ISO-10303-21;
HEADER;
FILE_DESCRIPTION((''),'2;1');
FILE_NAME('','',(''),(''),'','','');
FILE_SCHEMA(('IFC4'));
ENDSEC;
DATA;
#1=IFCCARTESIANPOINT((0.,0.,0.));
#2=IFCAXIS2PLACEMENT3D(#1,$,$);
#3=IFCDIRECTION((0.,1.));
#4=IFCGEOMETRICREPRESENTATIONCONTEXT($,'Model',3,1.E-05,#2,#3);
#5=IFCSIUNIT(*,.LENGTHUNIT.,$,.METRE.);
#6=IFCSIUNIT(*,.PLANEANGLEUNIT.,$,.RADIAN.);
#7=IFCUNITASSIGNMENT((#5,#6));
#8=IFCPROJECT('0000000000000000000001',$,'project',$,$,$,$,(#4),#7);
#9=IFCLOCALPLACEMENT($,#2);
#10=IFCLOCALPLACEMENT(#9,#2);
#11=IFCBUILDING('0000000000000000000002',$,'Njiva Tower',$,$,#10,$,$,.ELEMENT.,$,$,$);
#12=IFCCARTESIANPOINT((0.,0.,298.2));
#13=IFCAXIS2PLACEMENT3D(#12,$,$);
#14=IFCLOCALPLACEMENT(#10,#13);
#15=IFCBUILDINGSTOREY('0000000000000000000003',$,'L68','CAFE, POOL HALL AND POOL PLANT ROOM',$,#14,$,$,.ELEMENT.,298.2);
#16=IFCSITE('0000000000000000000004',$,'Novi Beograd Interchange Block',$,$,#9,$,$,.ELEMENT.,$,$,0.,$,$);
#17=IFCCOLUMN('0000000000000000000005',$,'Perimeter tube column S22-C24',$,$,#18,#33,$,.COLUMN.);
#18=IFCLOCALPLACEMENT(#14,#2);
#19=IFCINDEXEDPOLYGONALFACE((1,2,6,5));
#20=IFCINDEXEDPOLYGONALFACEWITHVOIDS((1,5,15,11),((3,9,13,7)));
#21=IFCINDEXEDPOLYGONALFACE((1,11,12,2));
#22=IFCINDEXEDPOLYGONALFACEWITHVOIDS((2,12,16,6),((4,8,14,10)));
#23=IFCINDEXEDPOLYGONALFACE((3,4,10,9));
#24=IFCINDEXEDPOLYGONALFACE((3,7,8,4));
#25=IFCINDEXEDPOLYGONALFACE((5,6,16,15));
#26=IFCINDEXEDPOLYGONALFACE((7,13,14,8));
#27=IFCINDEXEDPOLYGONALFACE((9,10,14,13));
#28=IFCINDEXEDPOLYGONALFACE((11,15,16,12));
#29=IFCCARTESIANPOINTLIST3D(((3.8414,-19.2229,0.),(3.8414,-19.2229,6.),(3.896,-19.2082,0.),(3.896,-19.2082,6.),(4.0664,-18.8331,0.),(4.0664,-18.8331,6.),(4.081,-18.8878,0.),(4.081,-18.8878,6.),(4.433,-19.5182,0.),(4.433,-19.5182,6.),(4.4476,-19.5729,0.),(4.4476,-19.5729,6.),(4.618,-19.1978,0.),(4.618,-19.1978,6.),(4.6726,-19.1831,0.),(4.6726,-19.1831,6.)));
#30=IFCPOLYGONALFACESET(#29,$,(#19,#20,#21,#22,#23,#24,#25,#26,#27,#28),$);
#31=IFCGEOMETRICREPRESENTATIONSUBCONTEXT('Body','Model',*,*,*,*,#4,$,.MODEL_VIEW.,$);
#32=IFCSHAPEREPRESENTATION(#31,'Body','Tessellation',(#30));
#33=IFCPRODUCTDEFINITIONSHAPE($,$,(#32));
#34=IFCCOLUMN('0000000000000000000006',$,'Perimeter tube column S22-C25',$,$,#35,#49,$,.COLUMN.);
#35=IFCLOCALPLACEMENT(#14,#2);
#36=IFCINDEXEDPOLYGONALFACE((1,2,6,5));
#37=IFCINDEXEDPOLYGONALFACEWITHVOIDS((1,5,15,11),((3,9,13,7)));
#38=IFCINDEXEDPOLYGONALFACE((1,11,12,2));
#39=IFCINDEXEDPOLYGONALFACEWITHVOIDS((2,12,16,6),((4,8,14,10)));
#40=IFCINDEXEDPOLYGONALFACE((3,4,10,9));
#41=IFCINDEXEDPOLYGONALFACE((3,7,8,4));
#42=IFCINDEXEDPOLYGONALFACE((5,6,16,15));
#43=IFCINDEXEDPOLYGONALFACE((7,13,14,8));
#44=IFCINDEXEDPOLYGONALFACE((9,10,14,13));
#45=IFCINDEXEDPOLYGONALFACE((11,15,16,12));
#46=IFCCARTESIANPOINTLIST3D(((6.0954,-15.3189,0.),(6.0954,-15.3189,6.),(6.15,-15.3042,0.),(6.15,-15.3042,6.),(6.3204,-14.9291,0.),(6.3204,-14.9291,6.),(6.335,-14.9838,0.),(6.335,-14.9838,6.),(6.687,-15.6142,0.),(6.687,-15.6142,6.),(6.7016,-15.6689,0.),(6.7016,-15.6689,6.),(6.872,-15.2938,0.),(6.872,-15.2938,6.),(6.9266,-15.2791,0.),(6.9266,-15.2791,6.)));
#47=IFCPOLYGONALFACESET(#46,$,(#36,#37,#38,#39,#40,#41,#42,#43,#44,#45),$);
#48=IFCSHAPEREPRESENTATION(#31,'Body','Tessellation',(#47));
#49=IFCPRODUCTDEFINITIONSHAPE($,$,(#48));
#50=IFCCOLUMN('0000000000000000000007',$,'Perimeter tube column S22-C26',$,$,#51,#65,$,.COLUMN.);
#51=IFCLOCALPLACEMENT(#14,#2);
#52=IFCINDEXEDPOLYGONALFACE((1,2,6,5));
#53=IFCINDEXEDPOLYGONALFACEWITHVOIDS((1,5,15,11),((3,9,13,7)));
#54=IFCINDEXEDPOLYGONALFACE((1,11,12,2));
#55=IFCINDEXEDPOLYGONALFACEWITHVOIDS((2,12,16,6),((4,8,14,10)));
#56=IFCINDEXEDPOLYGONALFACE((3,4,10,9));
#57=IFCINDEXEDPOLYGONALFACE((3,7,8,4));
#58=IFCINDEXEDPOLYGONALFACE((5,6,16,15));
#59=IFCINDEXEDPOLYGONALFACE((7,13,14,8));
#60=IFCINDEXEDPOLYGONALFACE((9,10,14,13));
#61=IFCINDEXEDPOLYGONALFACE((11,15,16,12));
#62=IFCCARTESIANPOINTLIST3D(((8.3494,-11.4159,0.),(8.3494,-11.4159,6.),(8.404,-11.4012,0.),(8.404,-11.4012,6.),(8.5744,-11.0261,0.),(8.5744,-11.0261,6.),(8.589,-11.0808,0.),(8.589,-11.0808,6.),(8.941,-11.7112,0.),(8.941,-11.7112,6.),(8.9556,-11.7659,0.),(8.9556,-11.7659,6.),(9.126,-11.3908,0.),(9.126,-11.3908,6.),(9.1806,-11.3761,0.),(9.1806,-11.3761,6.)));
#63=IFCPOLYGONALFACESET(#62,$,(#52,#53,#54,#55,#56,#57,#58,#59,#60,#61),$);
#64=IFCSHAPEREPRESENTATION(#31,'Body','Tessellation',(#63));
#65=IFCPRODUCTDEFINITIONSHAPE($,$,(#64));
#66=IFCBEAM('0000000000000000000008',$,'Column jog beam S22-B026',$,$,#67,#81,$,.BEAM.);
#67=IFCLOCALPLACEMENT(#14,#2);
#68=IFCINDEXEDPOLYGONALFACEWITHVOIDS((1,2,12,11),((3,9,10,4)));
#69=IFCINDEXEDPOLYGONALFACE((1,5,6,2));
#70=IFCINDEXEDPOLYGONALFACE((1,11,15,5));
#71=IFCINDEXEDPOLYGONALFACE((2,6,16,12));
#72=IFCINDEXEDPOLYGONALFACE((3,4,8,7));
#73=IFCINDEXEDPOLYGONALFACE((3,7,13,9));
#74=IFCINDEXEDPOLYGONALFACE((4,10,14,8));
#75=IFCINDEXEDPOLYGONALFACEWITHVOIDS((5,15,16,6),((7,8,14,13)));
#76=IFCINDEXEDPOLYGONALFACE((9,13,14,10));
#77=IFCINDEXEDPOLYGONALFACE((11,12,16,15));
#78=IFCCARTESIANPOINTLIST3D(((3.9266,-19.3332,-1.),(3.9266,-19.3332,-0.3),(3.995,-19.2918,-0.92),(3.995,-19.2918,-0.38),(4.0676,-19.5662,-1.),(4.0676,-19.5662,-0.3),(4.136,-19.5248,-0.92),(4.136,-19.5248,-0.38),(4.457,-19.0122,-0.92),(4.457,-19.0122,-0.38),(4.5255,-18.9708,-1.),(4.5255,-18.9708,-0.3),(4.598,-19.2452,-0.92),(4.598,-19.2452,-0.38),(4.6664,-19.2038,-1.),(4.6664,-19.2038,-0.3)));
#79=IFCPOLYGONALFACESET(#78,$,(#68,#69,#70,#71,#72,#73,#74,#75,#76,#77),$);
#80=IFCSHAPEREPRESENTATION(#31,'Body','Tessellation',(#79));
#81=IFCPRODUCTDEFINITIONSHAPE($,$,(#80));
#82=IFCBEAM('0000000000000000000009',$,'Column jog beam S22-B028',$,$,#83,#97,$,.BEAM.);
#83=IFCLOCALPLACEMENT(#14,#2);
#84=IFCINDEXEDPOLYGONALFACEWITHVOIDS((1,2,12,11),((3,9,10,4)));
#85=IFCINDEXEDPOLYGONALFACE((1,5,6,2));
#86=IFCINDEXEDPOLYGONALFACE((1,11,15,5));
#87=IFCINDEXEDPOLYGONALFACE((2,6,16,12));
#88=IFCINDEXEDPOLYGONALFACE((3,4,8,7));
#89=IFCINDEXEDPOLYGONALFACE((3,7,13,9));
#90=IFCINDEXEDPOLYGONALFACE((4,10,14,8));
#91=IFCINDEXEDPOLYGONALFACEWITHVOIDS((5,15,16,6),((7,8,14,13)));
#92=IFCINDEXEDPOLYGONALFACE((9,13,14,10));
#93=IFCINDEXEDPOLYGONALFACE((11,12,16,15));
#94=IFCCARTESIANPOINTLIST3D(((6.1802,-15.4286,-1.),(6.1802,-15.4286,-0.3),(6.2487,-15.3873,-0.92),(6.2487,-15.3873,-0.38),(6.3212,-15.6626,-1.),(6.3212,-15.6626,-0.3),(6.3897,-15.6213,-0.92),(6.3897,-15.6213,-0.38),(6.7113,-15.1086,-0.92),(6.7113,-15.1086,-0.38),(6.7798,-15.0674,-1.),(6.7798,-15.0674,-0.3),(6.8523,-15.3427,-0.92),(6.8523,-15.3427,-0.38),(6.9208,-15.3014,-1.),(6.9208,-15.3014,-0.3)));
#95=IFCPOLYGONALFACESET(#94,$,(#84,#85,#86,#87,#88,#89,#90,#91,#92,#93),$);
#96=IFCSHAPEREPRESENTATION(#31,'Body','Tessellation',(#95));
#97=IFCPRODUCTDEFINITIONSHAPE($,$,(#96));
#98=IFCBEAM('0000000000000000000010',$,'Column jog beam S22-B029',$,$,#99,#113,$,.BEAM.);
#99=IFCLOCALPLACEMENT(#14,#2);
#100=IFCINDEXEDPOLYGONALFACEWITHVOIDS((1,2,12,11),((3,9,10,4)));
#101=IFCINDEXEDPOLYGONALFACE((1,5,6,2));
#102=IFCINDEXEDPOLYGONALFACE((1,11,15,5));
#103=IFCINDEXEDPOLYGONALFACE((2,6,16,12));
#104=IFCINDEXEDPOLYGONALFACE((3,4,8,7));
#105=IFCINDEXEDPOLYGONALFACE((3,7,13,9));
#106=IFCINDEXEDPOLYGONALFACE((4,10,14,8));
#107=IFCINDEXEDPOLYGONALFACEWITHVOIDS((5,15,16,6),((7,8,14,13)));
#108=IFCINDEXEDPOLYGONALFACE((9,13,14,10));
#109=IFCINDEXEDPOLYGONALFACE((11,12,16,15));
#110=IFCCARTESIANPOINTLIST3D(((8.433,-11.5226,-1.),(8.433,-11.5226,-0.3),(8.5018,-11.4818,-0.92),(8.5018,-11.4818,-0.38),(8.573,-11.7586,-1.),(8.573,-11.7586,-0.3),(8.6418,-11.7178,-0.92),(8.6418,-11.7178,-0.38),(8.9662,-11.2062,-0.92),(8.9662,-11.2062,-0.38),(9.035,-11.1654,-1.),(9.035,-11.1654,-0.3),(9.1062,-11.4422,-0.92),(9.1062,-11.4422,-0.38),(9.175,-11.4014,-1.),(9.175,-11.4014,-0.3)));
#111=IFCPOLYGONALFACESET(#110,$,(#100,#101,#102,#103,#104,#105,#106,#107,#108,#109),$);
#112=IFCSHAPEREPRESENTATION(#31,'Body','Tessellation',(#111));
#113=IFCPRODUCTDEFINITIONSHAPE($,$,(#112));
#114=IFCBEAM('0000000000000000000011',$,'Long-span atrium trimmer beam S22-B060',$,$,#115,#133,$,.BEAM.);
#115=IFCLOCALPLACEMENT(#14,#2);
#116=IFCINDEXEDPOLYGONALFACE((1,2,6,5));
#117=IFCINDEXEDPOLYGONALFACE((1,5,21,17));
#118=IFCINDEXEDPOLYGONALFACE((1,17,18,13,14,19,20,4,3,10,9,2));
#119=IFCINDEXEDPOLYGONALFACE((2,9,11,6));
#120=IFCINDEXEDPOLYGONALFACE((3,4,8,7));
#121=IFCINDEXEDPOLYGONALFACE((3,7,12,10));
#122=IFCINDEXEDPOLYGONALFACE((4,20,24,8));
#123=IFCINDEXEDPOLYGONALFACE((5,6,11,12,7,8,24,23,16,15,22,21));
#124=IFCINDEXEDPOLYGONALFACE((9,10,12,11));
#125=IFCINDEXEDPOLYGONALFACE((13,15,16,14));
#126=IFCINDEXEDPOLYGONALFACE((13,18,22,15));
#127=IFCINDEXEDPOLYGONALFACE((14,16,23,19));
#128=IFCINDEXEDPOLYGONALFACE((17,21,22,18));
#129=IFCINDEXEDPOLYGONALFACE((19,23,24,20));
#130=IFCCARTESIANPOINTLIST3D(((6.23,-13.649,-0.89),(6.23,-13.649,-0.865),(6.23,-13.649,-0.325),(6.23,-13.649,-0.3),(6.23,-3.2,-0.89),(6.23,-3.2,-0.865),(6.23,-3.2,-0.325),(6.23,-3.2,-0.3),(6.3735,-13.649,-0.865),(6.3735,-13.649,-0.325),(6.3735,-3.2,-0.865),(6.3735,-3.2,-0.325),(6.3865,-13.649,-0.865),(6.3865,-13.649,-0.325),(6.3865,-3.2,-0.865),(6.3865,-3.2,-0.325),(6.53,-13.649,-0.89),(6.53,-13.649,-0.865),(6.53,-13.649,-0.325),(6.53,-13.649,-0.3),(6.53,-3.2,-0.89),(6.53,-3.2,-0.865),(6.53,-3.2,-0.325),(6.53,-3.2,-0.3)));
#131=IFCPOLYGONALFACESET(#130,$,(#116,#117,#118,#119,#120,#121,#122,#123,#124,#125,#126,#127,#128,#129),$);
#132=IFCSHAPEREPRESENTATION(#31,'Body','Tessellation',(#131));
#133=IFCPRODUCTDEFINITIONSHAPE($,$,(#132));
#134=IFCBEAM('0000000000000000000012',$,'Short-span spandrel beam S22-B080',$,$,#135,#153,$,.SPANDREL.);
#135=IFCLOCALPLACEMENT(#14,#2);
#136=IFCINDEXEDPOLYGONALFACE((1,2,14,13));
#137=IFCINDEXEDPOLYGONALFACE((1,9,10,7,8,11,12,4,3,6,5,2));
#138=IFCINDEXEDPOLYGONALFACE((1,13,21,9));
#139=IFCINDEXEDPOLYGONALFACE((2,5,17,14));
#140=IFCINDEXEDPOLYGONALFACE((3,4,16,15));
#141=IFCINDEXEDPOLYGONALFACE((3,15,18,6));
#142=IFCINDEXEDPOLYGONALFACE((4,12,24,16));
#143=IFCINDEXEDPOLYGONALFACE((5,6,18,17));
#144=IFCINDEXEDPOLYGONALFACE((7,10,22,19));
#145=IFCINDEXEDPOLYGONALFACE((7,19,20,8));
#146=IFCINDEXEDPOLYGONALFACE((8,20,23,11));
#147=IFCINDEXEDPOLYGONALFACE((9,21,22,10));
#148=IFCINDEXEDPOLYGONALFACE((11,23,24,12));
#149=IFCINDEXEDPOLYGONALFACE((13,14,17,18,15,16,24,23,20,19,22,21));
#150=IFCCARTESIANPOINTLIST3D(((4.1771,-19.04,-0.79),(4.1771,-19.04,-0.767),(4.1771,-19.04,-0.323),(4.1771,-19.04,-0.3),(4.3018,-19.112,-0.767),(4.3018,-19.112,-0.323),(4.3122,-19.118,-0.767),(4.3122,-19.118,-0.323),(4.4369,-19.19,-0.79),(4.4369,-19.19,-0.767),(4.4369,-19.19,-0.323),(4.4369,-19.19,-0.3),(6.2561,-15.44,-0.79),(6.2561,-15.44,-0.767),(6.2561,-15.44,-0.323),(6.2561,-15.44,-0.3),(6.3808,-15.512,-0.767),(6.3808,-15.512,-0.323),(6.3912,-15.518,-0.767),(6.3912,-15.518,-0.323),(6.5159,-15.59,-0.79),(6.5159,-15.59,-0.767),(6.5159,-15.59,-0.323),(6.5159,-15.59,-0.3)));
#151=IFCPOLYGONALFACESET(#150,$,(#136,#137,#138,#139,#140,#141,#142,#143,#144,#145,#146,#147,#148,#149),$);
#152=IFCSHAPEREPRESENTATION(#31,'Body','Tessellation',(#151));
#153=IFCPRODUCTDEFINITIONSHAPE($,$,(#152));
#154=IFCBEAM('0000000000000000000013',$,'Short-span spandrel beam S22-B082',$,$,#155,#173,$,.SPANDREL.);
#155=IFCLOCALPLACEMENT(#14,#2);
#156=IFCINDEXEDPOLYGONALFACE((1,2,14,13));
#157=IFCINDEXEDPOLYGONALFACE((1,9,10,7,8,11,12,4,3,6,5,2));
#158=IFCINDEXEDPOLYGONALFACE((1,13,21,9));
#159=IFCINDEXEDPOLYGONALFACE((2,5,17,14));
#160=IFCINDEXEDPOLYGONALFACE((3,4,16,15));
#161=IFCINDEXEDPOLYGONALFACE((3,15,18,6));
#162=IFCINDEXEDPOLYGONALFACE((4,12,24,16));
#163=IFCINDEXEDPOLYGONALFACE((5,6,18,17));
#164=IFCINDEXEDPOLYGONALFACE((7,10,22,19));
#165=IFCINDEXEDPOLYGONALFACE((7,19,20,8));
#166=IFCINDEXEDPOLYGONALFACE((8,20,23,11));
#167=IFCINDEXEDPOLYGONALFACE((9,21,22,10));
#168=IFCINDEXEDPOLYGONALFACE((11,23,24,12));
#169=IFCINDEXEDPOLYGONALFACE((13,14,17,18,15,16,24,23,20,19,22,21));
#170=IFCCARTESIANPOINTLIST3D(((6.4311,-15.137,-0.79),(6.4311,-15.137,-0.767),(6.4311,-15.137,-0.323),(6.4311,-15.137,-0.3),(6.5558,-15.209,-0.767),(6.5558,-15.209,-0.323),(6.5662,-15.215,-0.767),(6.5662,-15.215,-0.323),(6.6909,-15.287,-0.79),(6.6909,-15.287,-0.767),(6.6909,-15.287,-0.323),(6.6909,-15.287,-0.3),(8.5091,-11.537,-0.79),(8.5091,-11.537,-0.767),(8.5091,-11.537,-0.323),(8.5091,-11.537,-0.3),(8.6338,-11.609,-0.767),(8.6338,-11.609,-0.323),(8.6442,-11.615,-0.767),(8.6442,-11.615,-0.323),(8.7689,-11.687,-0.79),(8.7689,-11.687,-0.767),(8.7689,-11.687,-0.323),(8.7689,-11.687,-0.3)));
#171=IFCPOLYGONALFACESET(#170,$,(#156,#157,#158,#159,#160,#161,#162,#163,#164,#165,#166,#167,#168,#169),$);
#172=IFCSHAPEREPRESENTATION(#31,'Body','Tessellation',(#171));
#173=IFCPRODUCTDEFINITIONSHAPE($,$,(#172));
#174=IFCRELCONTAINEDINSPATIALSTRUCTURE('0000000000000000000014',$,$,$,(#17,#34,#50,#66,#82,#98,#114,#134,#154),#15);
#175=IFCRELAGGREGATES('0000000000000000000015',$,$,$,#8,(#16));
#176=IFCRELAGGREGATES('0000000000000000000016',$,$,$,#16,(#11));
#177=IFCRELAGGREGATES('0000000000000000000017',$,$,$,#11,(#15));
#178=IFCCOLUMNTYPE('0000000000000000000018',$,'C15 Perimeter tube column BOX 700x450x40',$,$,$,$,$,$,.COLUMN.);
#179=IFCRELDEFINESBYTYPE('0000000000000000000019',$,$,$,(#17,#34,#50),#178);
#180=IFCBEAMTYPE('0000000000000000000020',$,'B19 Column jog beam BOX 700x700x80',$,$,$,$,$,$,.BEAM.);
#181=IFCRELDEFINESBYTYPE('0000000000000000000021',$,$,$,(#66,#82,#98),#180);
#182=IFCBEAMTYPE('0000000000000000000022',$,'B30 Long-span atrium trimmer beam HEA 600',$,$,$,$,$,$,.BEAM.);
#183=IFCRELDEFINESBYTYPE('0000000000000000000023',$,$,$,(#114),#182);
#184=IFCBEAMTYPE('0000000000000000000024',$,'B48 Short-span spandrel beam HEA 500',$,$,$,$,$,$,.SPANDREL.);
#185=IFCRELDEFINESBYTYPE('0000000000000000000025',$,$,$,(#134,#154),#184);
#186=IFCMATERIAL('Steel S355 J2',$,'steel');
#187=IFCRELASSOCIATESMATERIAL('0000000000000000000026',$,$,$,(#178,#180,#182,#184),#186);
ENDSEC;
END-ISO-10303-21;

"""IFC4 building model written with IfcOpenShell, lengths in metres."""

from ifc_helpers import new_model, si_unit, direction, frame, origin, origin_2d, place, context, subcontext, project, spatial, hollow_rectangle, i_section, extrude, material, material_profile, profile_set, type_object, element, save


model = new_model("IFC4")

# Units and contexts
model_context = context("Model", 3, precision=1e-05, world=origin(), true_north=direction((0.0, 1.0)))
body_context = subcontext(model_context, "Body", "Model", "MODEL_VIEW")
ifc_project = project(units=[si_unit("LENGTHUNIT", "METRE"), si_unit("PLANEANGLEUNIT", "RADIAN")], contexts=[model_context])

# Site, building, storey
site_placement = place(None, origin())
site = spatial("IfcSite", under=ifc_project, at=site_placement, Name="Novi Beograd Interchange Block", CompositionType="ELEMENT", RefElevation=0.0)
building_placement = place(site_placement, origin())
building = spatial("IfcBuilding", under=site, at=building_placement, Name="Njiva Tower", CompositionType="ELEMENT")
storey_placement = place(building_placement, frame((0.0, 0.0, 298.2)))
storey = spatial("IfcBuildingStorey", under=building, at=storey_placement, Name="L68", Description="CAFE, POOL HALL AND POOL PLANT ROOM", CompositionType="ELEMENT", Elevation=298.2)

# Columns
ifc_material_1 = material(Name="Steel S355 J2", Category="steel")
ifc_material_profile_1 = material_profile(ifc_material_1, hollow_rectangle(XDim=0.45, YDim=0.7, WallThickness=0.04, at=origin_2d()), Name="BOX 700x450x40")
ifc_profile_set_1 = profile_set([ifc_material_profile_1], Name="Steel S355 J2")
column_type = type_object("IfcColumnType", Name="C15 Perimeter tube column BOX 700x450x40", PredefinedType="COLUMN", material=ifc_profile_set_1)
for number, where, z_axis, x_axis, name in (
    (1, (4.257, -19.203, 0.0), (0.0, 0.0, 1.0), (0.5, 0.866025, 0.0), "Perimeter tube column S22-C24"),
    (2, (6.511, -15.299, 0.0), (0.0, 0.0, 1.0), (0.5, 0.866025, 0.0), "Perimeter tube column S22-C25"),
    (3, (8.765, -11.396, 0.0), (0.0, 0.0, 1.0), (0.5, 0.866025, 0.0), "Perimeter tube column S22-C26"),
):
    element("IfcColumn", number, at=place(storey_placement, frame(where, z_axis=z_axis, x_axis=x_axis)), inside=storey, type_object=column_type, Name=name, PredefinedType="COLUMN", context=body_context, shape_type="SweptSolid", body=[
        extrude(hollow_rectangle(XDim=0.45, YDim=0.7, WallThickness=0.04, at=origin_2d()), origin(), (0.0, 0.0, 1.0), 6.0),
    ])

# Beams
ifc_material_profile_2 = material_profile(ifc_material_1, hollow_rectangle(XDim=0.7, YDim=0.7, WallThickness=0.08, at=origin_2d()), Name="BOX 700x700x80")
ifc_profile_set_2 = profile_set([ifc_material_profile_2], Name="Steel S355 J2")
beam_type_1 = type_object("IfcBeamType", Name="B19 Column jog beam BOX 700x700x80", PredefinedType="BEAM", material=ifc_profile_set_2)
beam_1_placement = place(storey_placement, frame((4.367, -19.385, -0.65), z_axis=(-0.517732, 0.855543, 0.0), x_axis=(-0.855543, -0.517732, 0.0)))
element("IfcBeam", 4, at=beam_1_placement, inside=storey, type_object=beam_type_1, Name="Column jog beam S22-B026", PredefinedType="BEAM", context=body_context, shape_type="SweptSolid", body=[
    extrude(hollow_rectangle(XDim=0.7, YDim=0.7, WallThickness=0.08, at=origin_2d()), origin(), (0.0, 0.0, 1.0), 0.2723),
])
beam_2_placement = place(storey_placement, frame((6.621, -15.482, -0.65), z_axis=(-0.51611, 0.856522, 0.0), x_axis=(-0.856522, -0.51611, 0.0)))
element("IfcBeam", 5, at=beam_2_placement, inside=storey, type_object=beam_type_1, Name="Column jog beam S22-B028", PredefinedType="BEAM", context=body_context, shape_type="SweptSolid", body=[
    extrude(hollow_rectangle(XDim=0.7, YDim=0.7, WallThickness=0.08, at=origin_2d()), origin(), (0.0, 0.0, 1.0), 0.2732),
])
beam_3_placement = place(storey_placement, frame((8.874, -11.58, -0.65), z_axis=(-0.510202, 0.860055, 0.0), x_axis=(-0.860055, -0.510202, 0.0)))
element("IfcBeam", 6, at=beam_3_placement, inside=storey, type_object=beam_type_1, Name="Column jog beam S22-B029", PredefinedType="BEAM", context=body_context, shape_type="SweptSolid", body=[
    extrude(hollow_rectangle(XDim=0.7, YDim=0.7, WallThickness=0.08, at=origin_2d()), origin(), (0.0, 0.0, 1.0), 0.2744),
])
ifc_material_profile_3 = material_profile(ifc_material_1, i_section(OverallWidth=0.3, OverallDepth=0.59, WebThickness=0.013, FlangeThickness=0.025, at=origin_2d()), Name="HEA 600")
ifc_profile_set_3 = profile_set([ifc_material_profile_3], Name="Steel S355 J2")
beam_type_2 = type_object("IfcBeamType", Name="B30 Long-span atrium trimmer beam HEA 600", PredefinedType="BEAM", material=ifc_profile_set_3)
beam_4_placement = place(storey_placement, frame((6.38, -13.649, -0.595), z_axis=(0.0, 1.0, 0.0), x_axis=(-1.0, 0.0, 0.0)))
element("IfcBeam", 7, at=beam_4_placement, inside=storey, type_object=beam_type_2, Name="Long-span atrium trimmer beam S22-B060", PredefinedType="BEAM", context=body_context, shape_type="SweptSolid", body=[
    extrude(i_section(OverallWidth=0.3, OverallDepth=0.59, WebThickness=0.013, FlangeThickness=0.025, at=origin_2d()), origin(), (0.0, 0.0, 1.0), 10.449),
])
ifc_material_profile_4 = material_profile(ifc_material_1, i_section(OverallWidth=0.3, OverallDepth=0.49, WebThickness=0.012, FlangeThickness=0.023, at=origin_2d()), Name="HEA 500")
ifc_profile_set_4 = profile_set([ifc_material_profile_4], Name="Steel S355 J2")
beam_type_3 = type_object("IfcBeamType", Name="B48 Short-span spandrel beam HEA 500", PredefinedType="SPANDREL", material=ifc_profile_set_4)
beam_5_placement = place(storey_placement, frame((4.307, -19.115, -0.545), z_axis=(0.500097, 0.865969, 0.0), x_axis=(-0.865969, 0.500097, 0.0)))
element("IfcBeam", 8, at=beam_5_placement, inside=storey, type_object=beam_type_3, Name="Short-span spandrel beam S22-B080", PredefinedType="SPANDREL", context=body_context, shape_type="SweptSolid", body=[
    extrude(i_section(OverallWidth=0.3, OverallDepth=0.49, WebThickness=0.012, FlangeThickness=0.023, at=origin_2d()), origin(), (0.0, 0.0, 1.0), 4.1572),
])
beam_6_placement = place(storey_placement, frame((6.561, -15.212, -0.545), z_axis=(0.499917, 0.866073, 0.0), x_axis=(-0.866073, 0.499917, 0.0)))
element("IfcBeam", 9, at=beam_6_placement, inside=storey, type_object=beam_type_3, Name="Short-span spandrel beam S22-B082", PredefinedType="SPANDREL", context=body_context, shape_type="SweptSolid", body=[
    extrude(i_section(OverallWidth=0.3, OverallDepth=0.49, WebThickness=0.012, FlangeThickness=0.023, at=origin_2d()), origin(), (0.0, 0.0, 1.0), 4.1567),
])

save(model, "model.ifc")
